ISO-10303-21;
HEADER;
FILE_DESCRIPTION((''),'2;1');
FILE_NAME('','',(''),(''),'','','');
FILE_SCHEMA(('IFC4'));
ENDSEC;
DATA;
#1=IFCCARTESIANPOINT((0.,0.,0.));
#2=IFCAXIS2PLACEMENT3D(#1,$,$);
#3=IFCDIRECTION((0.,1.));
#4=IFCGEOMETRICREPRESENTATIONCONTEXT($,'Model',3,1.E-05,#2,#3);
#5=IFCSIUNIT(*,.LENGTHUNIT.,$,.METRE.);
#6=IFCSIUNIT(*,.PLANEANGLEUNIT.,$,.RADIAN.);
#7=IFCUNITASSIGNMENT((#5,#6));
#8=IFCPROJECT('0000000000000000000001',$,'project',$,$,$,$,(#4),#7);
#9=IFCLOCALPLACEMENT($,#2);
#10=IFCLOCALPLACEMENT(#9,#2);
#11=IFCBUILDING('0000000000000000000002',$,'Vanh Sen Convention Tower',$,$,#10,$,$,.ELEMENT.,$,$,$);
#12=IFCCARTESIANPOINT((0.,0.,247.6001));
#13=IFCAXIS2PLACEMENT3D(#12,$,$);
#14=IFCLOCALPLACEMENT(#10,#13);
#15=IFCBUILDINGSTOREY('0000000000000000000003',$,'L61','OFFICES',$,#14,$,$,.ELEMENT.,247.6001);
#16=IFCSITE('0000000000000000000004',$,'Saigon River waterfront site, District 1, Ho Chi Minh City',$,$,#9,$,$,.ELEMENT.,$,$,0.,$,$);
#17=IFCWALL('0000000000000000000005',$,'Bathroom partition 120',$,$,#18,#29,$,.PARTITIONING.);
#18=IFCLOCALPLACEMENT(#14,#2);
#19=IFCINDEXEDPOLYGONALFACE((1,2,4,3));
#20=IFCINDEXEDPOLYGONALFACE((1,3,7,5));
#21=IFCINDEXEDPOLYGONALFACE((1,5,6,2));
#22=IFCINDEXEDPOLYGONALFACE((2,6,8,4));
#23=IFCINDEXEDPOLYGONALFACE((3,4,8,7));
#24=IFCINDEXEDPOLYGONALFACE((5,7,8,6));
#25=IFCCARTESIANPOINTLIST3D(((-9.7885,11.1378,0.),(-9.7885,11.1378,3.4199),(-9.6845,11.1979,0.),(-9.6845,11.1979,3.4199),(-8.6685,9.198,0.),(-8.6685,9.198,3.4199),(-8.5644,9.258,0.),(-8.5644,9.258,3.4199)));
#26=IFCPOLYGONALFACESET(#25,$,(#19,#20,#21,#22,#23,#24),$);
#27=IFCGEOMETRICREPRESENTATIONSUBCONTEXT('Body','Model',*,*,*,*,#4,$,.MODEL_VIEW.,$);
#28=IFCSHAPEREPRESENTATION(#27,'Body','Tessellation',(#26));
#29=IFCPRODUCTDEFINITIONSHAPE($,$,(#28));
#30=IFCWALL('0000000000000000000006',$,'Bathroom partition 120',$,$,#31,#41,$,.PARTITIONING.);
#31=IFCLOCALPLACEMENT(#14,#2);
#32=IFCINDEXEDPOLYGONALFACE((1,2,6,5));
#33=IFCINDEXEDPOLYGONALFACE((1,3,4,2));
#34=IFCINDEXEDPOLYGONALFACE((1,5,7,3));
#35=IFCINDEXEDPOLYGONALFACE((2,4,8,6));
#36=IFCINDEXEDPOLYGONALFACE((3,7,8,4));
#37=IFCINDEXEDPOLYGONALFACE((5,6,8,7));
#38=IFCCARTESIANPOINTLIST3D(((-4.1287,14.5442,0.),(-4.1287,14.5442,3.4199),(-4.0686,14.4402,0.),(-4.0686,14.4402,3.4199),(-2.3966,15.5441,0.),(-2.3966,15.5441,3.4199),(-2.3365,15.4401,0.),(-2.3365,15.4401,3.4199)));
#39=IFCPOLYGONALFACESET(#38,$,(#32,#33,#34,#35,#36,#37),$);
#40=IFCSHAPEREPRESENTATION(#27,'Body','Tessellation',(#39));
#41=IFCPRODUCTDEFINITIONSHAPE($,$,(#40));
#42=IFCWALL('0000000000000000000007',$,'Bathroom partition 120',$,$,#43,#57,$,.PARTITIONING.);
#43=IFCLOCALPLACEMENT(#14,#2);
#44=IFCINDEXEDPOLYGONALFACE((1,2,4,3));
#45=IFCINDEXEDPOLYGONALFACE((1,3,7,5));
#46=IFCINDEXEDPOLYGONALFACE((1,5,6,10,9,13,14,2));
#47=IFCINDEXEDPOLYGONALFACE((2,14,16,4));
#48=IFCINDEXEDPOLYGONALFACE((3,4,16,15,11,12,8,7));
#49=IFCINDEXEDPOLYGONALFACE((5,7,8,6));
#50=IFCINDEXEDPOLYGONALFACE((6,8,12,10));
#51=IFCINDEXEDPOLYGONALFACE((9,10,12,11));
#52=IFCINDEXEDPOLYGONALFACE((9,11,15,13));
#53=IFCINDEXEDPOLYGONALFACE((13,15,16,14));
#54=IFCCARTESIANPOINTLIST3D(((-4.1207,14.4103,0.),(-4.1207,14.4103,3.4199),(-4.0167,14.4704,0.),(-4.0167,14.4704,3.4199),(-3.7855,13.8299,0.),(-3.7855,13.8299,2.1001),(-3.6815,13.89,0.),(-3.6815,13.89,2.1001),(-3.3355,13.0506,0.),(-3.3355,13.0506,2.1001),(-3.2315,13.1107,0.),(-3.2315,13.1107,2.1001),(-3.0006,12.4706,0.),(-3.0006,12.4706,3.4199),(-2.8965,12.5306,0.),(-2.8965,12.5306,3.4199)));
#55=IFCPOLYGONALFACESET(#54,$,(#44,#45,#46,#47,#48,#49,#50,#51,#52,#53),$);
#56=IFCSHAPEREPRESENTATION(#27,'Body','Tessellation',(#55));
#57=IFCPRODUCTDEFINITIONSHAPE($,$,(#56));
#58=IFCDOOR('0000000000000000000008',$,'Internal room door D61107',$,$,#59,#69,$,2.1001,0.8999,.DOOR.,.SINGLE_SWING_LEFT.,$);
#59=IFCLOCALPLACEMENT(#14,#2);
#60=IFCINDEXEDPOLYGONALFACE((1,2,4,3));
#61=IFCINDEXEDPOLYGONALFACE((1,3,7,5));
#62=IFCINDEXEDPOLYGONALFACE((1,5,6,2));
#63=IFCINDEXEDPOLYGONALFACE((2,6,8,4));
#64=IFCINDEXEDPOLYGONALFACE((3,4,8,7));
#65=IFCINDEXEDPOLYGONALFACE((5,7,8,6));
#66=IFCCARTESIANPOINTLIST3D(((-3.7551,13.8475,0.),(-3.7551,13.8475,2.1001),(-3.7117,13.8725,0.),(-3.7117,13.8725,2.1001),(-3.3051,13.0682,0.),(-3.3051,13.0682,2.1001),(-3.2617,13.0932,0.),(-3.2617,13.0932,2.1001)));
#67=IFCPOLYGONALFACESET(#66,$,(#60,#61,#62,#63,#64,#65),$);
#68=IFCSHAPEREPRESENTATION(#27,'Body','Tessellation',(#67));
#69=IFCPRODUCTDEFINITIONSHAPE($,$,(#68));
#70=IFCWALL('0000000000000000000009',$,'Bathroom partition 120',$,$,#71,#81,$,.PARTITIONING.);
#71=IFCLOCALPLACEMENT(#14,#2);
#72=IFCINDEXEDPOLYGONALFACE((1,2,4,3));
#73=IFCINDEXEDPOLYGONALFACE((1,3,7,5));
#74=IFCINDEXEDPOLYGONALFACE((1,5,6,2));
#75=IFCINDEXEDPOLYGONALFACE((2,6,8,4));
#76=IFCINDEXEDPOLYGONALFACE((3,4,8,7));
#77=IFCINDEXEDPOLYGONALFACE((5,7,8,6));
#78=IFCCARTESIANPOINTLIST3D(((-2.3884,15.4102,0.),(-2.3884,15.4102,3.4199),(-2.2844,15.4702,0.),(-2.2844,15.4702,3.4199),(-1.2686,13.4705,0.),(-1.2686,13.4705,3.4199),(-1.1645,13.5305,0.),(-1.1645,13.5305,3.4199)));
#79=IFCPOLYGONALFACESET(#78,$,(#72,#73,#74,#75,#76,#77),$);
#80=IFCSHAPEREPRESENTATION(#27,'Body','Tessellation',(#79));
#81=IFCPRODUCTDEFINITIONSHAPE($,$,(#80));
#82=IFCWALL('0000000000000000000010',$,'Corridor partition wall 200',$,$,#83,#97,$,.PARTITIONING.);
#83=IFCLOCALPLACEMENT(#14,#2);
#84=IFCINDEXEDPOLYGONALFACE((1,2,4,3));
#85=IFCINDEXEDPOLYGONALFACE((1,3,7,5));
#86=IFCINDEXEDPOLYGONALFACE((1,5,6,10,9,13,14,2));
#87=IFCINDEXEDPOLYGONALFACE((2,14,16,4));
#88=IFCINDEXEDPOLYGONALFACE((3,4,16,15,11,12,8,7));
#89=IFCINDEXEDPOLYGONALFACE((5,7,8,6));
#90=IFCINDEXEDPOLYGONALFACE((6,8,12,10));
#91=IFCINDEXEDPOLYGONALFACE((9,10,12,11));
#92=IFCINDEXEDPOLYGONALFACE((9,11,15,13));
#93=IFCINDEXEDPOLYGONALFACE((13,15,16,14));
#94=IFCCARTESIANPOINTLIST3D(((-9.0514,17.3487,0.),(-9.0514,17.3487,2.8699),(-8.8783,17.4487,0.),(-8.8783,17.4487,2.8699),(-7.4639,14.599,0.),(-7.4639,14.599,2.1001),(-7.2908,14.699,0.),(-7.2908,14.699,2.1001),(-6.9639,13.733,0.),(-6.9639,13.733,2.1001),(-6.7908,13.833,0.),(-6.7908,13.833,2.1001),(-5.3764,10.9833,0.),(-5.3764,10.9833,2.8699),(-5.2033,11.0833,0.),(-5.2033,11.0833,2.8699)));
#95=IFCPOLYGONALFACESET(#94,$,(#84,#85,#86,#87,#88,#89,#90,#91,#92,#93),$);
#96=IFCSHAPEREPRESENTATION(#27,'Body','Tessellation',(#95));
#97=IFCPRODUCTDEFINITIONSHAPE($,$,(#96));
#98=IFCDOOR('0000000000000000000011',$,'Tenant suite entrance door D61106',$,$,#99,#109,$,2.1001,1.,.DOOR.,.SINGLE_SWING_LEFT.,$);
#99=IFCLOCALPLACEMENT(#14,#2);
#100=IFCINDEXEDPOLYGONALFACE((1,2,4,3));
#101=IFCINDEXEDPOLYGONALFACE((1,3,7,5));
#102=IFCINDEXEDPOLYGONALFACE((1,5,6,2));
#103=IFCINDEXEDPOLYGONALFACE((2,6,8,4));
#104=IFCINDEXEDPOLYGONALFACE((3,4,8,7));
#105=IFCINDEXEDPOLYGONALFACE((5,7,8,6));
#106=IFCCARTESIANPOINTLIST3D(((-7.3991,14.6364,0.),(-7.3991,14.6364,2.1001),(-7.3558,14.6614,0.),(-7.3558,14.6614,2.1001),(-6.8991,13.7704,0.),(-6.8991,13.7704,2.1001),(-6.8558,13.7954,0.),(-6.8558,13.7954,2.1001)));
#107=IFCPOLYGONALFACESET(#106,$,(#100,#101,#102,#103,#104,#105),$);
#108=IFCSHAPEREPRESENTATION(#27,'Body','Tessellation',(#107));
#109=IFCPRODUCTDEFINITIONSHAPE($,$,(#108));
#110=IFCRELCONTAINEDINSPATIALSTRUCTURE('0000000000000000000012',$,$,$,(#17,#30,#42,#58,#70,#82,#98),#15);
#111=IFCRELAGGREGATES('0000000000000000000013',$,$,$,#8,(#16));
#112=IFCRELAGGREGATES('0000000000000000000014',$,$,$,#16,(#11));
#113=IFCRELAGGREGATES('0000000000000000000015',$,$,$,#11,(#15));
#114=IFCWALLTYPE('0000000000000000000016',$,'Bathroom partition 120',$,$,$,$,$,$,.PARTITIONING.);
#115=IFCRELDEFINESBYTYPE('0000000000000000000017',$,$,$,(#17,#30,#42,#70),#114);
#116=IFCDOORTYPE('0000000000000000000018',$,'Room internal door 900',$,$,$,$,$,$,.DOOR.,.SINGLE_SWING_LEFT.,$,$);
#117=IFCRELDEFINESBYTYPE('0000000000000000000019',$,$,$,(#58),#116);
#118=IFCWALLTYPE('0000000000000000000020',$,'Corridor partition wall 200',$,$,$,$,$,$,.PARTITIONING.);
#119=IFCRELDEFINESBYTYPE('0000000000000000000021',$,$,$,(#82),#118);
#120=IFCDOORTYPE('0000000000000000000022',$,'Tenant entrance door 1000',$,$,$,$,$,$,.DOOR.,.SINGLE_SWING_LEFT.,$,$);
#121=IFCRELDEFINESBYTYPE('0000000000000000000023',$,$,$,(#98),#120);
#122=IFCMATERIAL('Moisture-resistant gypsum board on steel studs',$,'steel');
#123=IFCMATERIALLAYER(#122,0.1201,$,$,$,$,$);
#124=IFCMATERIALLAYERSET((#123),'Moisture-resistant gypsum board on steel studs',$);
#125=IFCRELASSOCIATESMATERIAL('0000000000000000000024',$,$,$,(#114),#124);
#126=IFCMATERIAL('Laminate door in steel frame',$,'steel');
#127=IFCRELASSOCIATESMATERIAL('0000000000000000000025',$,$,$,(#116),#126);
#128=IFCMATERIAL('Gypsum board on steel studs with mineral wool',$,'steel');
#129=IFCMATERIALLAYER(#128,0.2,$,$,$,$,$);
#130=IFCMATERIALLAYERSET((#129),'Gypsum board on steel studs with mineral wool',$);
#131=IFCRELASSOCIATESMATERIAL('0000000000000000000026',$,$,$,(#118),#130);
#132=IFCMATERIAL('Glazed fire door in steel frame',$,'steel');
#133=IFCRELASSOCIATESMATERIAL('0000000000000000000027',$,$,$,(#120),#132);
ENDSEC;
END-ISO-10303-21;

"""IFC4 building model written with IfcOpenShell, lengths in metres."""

from ifc_helpers import new_model, si_unit, direction, frame, frame_2d, origin, place, context, subcontext, project, spatial, rectangle, extrude, material, layer, layer_set, type_object, element, fill, save


model = new_model("IFC4")

# Units and contexts
model_context = context("Model", 3, precision=1e-05, world=origin(), true_north=direction((0.0, 1.0)))
body_context = subcontext(model_context, "Body", "Model", "MODEL_VIEW")
ifc_project = project(units=[si_unit("LENGTHUNIT", "METRE"), si_unit("PLANEANGLEUNIT", "RADIAN")], contexts=[model_context])

# Site, building, storey
site_placement = place(None, origin())
site = spatial("IfcSite", under=ifc_project, at=site_placement, Name="Saigon River waterfront site, District 1, Ho Chi Minh City", CompositionType="ELEMENT", RefElevation=0.0)
building_placement = place(site_placement, origin())
building = spatial("IfcBuilding", under=site, at=building_placement, Name="Vanh Sen Convention Tower", CompositionType="ELEMENT")
storey_placement = place(building_placement, frame((0.0, 0.0, 247.6001)))
storey = spatial("IfcBuildingStorey", under=building, at=storey_placement, Name="L61", Description="OFFICES", CompositionType="ELEMENT", Elevation=247.6001)

# Walls
ifc_material_1 = material(Name="Moisture-resistant gypsum board on steel studs", Category="steel")
ifc_layer_1 = layer(ifc_material_1, 0.1201)
ifc_layer_set_1 = layer_set([ifc_layer_1], Name="Moisture-resistant gypsum board on steel studs")
wall_type_1 = type_object("IfcWallType", Name="Bathroom partition 120", PredefinedType="PARTITIONING", material=ifc_layer_set_1)
wall_1_placement = place(storey_placement, frame((-9.7366, 11.168, 0.0), z_axis=(0.0, 0.0, 1.0), x_axis=(0.500031, -0.866008, 0.0)))
element("IfcWall", 1, at=wall_1_placement, inside=storey, type_object=wall_type_1, Name="Bathroom partition 120", PredefinedType="PARTITIONING", context=body_context, shape_type="SweptSolid", body=[
    extrude(rectangle(XDim=2.24, YDim=0.1201, at=frame_2d((1.1201, 0.0))), origin(), (0.0, 0.0, 1.0), 3.4199),
])
wall_2_placement = place(storey_placement, frame((-4.0986, 14.4922, 0.0), z_axis=(0.0, 0.0, 1.0), x_axis=(0.866041, 0.499973, 0.0)))
element("IfcWall", 2, at=wall_2_placement, inside=storey, type_object=wall_type_1, Name="Bathroom partition 120", PredefinedType="PARTITIONING", context=body_context, shape_type="SweptSolid", body=[
    extrude(rectangle(XDim=2.0, YDim=0.1201, at=frame_2d((1.0, 0.0))), origin(), (0.0, 0.0, 1.0), 3.4199),
])

# Wall, opening, door
wall_3_placement = place(storey_placement, frame((-2.9485, 12.5005, 0.0), z_axis=(0.0, 0.0, 1.0), x_axis=(-0.500078, 0.86598, 0.0)))
wall_3 = element("IfcWall", 3, at=wall_3_placement, inside=storey, type_object=wall_type_1, Name="Bathroom partition 120", PredefinedType="PARTITIONING", context=body_context, shape_type="SweptSolid", body=[
    extrude(rectangle(XDim=2.24, YDim=0.1201, at=frame_2d((1.1201, 0.0))), origin(), (0.0, 0.0, 1.0), 3.4199),
])
opening_1_placement = place(wall_3_placement, frame((0.6699, 0.0, 0.0)))
opening_1 = element("IfcOpeningElement", 4, at=opening_1_placement, cuts=wall_3, PredefinedType="OPENING", context=body_context, shape_type="SweptSolid", body=[
    extrude(rectangle(XDim=0.8999, YDim=2.1001, at=frame_2d((0.45, 1.05))), frame((0.0, 0.0701, 0.0), z_axis=(0.0, -1.0, 0.0), x_axis=(1.0, 0.0, 0.0)), (0.0, 0.0, 1.0), 0.1401),
])
ifc_material_2 = material(Name="Laminate door in steel frame", Category="steel")
door_type_1 = type_object("IfcDoorType", Name="Room internal door 900", OperationType="SINGLE_SWING_LEFT", PredefinedType="DOOR", material=ifc_material_2)
door_1_placement = place(opening_1_placement, origin())
door_1 = element("IfcDoor", 5, at=door_1_placement, inside=storey, type_object=door_type_1, Name="Internal room door D61107", OperationType="SINGLE_SWING_LEFT", OverallHeight=2.1001, OverallWidth=0.8999, PredefinedType="DOOR", context=body_context, shape_type="SweptSolid", body=[
    extrude(rectangle(XDim=0.8999, YDim=2.1001, at=frame_2d((0.45, 1.05))), frame((0.0, 0.0249, 0.0), z_axis=(0.0, -1.0, 0.0), x_axis=(1.0, 0.0, 0.0)), (0.0, 0.0, 1.0), 0.05),
])
fill(opening_1, door_1)

# Wall
wall_4_placement = place(storey_placement, frame((-2.3364, 15.4402, 0.0), z_axis=(0.0, 0.0, 1.0), x_axis=(0.499996, -0.866028, 0.0)))
element("IfcWall", 6, at=wall_4_placement, inside=storey, type_object=wall_type_1, Name="Bathroom partition 120", PredefinedType="PARTITIONING", context=body_context, shape_type="SweptSolid", body=[
    extrude(rectangle(XDim=2.2397, YDim=0.1201, at=frame_2d((1.1199, 0.0))), origin(), (0.0, 0.0, 1.0), 3.4199),
])

# Wall, opening, door
ifc_material_3 = material(Name="Gypsum board on steel studs with mineral wool", Category="steel")
ifc_layer_2 = layer(ifc_material_3, 0.2)
ifc_layer_set_2 = layer_set([ifc_layer_2], Name="Gypsum board on steel studs with mineral wool")
wall_type_2 = type_object("IfcWallType", Name="Corridor partition wall 200", PredefinedType="PARTITIONING", material=ifc_layer_set_2)
wall_5_placement = place(storey_placement, frame((-8.9648, 17.3987, 0.0), z_axis=(0.0, 0.0, 1.0), x_axis=(0.499994, -0.866029, 0.0)))
wall_5 = element("IfcWall", 7, at=wall_5_placement, inside=storey, type_object=wall_type_2, Name="Corridor partition wall 200", PredefinedType="PARTITIONING", context=body_context, shape_type="SweptSolid", body=[
    extrude(rectangle(XDim=7.3501, YDim=0.2, at=frame_2d((3.675, 0.0))), origin(), (0.0, 0.0, 1.0), 2.8699),
])
opening_2_placement = place(wall_5_placement, frame((3.175, 0.0, 0.0)))
opening_2 = element("IfcOpeningElement", 8, at=opening_2_placement, cuts=wall_5, PredefinedType="OPENING", context=body_context, shape_type="SweptSolid", body=[
    extrude(rectangle(XDim=1.0, YDim=2.1001, at=frame_2d((0.5, 1.05))), frame((0.0, 0.1099, 0.0), z_axis=(0.0, -1.0, 0.0), x_axis=(1.0, 0.0, 0.0)), (0.0, 0.0, 1.0), 0.22),
])
ifc_material_4 = material(Name="Glazed fire door in steel frame", Category="steel")
door_type_2 = type_object("IfcDoorType", Name="Tenant entrance door 1000", OperationType="SINGLE_SWING_LEFT", PredefinedType="DOOR", material=ifc_material_4)
door_2_placement = place(opening_2_placement, origin())
door_2 = element("IfcDoor", 9, at=door_2_placement, inside=storey, type_object=door_type_2, Name="Tenant suite entrance door D61106", OperationType="SINGLE_SWING_LEFT", OverallHeight=2.1001, OverallWidth=1.0, PredefinedType="DOOR", context=body_context, shape_type="SweptSolid", body=[
    extrude(rectangle(XDim=1.0, YDim=2.1001, at=frame_2d((0.5, 1.05))), frame((0.0, 0.0249, 0.0), z_axis=(0.0, -1.0, 0.0), x_axis=(1.0, 0.0, 0.0)), (0.0, 0.0, 1.0), 0.05),
])
fill(opening_2, door_2)

save(model, "model.ifc")
